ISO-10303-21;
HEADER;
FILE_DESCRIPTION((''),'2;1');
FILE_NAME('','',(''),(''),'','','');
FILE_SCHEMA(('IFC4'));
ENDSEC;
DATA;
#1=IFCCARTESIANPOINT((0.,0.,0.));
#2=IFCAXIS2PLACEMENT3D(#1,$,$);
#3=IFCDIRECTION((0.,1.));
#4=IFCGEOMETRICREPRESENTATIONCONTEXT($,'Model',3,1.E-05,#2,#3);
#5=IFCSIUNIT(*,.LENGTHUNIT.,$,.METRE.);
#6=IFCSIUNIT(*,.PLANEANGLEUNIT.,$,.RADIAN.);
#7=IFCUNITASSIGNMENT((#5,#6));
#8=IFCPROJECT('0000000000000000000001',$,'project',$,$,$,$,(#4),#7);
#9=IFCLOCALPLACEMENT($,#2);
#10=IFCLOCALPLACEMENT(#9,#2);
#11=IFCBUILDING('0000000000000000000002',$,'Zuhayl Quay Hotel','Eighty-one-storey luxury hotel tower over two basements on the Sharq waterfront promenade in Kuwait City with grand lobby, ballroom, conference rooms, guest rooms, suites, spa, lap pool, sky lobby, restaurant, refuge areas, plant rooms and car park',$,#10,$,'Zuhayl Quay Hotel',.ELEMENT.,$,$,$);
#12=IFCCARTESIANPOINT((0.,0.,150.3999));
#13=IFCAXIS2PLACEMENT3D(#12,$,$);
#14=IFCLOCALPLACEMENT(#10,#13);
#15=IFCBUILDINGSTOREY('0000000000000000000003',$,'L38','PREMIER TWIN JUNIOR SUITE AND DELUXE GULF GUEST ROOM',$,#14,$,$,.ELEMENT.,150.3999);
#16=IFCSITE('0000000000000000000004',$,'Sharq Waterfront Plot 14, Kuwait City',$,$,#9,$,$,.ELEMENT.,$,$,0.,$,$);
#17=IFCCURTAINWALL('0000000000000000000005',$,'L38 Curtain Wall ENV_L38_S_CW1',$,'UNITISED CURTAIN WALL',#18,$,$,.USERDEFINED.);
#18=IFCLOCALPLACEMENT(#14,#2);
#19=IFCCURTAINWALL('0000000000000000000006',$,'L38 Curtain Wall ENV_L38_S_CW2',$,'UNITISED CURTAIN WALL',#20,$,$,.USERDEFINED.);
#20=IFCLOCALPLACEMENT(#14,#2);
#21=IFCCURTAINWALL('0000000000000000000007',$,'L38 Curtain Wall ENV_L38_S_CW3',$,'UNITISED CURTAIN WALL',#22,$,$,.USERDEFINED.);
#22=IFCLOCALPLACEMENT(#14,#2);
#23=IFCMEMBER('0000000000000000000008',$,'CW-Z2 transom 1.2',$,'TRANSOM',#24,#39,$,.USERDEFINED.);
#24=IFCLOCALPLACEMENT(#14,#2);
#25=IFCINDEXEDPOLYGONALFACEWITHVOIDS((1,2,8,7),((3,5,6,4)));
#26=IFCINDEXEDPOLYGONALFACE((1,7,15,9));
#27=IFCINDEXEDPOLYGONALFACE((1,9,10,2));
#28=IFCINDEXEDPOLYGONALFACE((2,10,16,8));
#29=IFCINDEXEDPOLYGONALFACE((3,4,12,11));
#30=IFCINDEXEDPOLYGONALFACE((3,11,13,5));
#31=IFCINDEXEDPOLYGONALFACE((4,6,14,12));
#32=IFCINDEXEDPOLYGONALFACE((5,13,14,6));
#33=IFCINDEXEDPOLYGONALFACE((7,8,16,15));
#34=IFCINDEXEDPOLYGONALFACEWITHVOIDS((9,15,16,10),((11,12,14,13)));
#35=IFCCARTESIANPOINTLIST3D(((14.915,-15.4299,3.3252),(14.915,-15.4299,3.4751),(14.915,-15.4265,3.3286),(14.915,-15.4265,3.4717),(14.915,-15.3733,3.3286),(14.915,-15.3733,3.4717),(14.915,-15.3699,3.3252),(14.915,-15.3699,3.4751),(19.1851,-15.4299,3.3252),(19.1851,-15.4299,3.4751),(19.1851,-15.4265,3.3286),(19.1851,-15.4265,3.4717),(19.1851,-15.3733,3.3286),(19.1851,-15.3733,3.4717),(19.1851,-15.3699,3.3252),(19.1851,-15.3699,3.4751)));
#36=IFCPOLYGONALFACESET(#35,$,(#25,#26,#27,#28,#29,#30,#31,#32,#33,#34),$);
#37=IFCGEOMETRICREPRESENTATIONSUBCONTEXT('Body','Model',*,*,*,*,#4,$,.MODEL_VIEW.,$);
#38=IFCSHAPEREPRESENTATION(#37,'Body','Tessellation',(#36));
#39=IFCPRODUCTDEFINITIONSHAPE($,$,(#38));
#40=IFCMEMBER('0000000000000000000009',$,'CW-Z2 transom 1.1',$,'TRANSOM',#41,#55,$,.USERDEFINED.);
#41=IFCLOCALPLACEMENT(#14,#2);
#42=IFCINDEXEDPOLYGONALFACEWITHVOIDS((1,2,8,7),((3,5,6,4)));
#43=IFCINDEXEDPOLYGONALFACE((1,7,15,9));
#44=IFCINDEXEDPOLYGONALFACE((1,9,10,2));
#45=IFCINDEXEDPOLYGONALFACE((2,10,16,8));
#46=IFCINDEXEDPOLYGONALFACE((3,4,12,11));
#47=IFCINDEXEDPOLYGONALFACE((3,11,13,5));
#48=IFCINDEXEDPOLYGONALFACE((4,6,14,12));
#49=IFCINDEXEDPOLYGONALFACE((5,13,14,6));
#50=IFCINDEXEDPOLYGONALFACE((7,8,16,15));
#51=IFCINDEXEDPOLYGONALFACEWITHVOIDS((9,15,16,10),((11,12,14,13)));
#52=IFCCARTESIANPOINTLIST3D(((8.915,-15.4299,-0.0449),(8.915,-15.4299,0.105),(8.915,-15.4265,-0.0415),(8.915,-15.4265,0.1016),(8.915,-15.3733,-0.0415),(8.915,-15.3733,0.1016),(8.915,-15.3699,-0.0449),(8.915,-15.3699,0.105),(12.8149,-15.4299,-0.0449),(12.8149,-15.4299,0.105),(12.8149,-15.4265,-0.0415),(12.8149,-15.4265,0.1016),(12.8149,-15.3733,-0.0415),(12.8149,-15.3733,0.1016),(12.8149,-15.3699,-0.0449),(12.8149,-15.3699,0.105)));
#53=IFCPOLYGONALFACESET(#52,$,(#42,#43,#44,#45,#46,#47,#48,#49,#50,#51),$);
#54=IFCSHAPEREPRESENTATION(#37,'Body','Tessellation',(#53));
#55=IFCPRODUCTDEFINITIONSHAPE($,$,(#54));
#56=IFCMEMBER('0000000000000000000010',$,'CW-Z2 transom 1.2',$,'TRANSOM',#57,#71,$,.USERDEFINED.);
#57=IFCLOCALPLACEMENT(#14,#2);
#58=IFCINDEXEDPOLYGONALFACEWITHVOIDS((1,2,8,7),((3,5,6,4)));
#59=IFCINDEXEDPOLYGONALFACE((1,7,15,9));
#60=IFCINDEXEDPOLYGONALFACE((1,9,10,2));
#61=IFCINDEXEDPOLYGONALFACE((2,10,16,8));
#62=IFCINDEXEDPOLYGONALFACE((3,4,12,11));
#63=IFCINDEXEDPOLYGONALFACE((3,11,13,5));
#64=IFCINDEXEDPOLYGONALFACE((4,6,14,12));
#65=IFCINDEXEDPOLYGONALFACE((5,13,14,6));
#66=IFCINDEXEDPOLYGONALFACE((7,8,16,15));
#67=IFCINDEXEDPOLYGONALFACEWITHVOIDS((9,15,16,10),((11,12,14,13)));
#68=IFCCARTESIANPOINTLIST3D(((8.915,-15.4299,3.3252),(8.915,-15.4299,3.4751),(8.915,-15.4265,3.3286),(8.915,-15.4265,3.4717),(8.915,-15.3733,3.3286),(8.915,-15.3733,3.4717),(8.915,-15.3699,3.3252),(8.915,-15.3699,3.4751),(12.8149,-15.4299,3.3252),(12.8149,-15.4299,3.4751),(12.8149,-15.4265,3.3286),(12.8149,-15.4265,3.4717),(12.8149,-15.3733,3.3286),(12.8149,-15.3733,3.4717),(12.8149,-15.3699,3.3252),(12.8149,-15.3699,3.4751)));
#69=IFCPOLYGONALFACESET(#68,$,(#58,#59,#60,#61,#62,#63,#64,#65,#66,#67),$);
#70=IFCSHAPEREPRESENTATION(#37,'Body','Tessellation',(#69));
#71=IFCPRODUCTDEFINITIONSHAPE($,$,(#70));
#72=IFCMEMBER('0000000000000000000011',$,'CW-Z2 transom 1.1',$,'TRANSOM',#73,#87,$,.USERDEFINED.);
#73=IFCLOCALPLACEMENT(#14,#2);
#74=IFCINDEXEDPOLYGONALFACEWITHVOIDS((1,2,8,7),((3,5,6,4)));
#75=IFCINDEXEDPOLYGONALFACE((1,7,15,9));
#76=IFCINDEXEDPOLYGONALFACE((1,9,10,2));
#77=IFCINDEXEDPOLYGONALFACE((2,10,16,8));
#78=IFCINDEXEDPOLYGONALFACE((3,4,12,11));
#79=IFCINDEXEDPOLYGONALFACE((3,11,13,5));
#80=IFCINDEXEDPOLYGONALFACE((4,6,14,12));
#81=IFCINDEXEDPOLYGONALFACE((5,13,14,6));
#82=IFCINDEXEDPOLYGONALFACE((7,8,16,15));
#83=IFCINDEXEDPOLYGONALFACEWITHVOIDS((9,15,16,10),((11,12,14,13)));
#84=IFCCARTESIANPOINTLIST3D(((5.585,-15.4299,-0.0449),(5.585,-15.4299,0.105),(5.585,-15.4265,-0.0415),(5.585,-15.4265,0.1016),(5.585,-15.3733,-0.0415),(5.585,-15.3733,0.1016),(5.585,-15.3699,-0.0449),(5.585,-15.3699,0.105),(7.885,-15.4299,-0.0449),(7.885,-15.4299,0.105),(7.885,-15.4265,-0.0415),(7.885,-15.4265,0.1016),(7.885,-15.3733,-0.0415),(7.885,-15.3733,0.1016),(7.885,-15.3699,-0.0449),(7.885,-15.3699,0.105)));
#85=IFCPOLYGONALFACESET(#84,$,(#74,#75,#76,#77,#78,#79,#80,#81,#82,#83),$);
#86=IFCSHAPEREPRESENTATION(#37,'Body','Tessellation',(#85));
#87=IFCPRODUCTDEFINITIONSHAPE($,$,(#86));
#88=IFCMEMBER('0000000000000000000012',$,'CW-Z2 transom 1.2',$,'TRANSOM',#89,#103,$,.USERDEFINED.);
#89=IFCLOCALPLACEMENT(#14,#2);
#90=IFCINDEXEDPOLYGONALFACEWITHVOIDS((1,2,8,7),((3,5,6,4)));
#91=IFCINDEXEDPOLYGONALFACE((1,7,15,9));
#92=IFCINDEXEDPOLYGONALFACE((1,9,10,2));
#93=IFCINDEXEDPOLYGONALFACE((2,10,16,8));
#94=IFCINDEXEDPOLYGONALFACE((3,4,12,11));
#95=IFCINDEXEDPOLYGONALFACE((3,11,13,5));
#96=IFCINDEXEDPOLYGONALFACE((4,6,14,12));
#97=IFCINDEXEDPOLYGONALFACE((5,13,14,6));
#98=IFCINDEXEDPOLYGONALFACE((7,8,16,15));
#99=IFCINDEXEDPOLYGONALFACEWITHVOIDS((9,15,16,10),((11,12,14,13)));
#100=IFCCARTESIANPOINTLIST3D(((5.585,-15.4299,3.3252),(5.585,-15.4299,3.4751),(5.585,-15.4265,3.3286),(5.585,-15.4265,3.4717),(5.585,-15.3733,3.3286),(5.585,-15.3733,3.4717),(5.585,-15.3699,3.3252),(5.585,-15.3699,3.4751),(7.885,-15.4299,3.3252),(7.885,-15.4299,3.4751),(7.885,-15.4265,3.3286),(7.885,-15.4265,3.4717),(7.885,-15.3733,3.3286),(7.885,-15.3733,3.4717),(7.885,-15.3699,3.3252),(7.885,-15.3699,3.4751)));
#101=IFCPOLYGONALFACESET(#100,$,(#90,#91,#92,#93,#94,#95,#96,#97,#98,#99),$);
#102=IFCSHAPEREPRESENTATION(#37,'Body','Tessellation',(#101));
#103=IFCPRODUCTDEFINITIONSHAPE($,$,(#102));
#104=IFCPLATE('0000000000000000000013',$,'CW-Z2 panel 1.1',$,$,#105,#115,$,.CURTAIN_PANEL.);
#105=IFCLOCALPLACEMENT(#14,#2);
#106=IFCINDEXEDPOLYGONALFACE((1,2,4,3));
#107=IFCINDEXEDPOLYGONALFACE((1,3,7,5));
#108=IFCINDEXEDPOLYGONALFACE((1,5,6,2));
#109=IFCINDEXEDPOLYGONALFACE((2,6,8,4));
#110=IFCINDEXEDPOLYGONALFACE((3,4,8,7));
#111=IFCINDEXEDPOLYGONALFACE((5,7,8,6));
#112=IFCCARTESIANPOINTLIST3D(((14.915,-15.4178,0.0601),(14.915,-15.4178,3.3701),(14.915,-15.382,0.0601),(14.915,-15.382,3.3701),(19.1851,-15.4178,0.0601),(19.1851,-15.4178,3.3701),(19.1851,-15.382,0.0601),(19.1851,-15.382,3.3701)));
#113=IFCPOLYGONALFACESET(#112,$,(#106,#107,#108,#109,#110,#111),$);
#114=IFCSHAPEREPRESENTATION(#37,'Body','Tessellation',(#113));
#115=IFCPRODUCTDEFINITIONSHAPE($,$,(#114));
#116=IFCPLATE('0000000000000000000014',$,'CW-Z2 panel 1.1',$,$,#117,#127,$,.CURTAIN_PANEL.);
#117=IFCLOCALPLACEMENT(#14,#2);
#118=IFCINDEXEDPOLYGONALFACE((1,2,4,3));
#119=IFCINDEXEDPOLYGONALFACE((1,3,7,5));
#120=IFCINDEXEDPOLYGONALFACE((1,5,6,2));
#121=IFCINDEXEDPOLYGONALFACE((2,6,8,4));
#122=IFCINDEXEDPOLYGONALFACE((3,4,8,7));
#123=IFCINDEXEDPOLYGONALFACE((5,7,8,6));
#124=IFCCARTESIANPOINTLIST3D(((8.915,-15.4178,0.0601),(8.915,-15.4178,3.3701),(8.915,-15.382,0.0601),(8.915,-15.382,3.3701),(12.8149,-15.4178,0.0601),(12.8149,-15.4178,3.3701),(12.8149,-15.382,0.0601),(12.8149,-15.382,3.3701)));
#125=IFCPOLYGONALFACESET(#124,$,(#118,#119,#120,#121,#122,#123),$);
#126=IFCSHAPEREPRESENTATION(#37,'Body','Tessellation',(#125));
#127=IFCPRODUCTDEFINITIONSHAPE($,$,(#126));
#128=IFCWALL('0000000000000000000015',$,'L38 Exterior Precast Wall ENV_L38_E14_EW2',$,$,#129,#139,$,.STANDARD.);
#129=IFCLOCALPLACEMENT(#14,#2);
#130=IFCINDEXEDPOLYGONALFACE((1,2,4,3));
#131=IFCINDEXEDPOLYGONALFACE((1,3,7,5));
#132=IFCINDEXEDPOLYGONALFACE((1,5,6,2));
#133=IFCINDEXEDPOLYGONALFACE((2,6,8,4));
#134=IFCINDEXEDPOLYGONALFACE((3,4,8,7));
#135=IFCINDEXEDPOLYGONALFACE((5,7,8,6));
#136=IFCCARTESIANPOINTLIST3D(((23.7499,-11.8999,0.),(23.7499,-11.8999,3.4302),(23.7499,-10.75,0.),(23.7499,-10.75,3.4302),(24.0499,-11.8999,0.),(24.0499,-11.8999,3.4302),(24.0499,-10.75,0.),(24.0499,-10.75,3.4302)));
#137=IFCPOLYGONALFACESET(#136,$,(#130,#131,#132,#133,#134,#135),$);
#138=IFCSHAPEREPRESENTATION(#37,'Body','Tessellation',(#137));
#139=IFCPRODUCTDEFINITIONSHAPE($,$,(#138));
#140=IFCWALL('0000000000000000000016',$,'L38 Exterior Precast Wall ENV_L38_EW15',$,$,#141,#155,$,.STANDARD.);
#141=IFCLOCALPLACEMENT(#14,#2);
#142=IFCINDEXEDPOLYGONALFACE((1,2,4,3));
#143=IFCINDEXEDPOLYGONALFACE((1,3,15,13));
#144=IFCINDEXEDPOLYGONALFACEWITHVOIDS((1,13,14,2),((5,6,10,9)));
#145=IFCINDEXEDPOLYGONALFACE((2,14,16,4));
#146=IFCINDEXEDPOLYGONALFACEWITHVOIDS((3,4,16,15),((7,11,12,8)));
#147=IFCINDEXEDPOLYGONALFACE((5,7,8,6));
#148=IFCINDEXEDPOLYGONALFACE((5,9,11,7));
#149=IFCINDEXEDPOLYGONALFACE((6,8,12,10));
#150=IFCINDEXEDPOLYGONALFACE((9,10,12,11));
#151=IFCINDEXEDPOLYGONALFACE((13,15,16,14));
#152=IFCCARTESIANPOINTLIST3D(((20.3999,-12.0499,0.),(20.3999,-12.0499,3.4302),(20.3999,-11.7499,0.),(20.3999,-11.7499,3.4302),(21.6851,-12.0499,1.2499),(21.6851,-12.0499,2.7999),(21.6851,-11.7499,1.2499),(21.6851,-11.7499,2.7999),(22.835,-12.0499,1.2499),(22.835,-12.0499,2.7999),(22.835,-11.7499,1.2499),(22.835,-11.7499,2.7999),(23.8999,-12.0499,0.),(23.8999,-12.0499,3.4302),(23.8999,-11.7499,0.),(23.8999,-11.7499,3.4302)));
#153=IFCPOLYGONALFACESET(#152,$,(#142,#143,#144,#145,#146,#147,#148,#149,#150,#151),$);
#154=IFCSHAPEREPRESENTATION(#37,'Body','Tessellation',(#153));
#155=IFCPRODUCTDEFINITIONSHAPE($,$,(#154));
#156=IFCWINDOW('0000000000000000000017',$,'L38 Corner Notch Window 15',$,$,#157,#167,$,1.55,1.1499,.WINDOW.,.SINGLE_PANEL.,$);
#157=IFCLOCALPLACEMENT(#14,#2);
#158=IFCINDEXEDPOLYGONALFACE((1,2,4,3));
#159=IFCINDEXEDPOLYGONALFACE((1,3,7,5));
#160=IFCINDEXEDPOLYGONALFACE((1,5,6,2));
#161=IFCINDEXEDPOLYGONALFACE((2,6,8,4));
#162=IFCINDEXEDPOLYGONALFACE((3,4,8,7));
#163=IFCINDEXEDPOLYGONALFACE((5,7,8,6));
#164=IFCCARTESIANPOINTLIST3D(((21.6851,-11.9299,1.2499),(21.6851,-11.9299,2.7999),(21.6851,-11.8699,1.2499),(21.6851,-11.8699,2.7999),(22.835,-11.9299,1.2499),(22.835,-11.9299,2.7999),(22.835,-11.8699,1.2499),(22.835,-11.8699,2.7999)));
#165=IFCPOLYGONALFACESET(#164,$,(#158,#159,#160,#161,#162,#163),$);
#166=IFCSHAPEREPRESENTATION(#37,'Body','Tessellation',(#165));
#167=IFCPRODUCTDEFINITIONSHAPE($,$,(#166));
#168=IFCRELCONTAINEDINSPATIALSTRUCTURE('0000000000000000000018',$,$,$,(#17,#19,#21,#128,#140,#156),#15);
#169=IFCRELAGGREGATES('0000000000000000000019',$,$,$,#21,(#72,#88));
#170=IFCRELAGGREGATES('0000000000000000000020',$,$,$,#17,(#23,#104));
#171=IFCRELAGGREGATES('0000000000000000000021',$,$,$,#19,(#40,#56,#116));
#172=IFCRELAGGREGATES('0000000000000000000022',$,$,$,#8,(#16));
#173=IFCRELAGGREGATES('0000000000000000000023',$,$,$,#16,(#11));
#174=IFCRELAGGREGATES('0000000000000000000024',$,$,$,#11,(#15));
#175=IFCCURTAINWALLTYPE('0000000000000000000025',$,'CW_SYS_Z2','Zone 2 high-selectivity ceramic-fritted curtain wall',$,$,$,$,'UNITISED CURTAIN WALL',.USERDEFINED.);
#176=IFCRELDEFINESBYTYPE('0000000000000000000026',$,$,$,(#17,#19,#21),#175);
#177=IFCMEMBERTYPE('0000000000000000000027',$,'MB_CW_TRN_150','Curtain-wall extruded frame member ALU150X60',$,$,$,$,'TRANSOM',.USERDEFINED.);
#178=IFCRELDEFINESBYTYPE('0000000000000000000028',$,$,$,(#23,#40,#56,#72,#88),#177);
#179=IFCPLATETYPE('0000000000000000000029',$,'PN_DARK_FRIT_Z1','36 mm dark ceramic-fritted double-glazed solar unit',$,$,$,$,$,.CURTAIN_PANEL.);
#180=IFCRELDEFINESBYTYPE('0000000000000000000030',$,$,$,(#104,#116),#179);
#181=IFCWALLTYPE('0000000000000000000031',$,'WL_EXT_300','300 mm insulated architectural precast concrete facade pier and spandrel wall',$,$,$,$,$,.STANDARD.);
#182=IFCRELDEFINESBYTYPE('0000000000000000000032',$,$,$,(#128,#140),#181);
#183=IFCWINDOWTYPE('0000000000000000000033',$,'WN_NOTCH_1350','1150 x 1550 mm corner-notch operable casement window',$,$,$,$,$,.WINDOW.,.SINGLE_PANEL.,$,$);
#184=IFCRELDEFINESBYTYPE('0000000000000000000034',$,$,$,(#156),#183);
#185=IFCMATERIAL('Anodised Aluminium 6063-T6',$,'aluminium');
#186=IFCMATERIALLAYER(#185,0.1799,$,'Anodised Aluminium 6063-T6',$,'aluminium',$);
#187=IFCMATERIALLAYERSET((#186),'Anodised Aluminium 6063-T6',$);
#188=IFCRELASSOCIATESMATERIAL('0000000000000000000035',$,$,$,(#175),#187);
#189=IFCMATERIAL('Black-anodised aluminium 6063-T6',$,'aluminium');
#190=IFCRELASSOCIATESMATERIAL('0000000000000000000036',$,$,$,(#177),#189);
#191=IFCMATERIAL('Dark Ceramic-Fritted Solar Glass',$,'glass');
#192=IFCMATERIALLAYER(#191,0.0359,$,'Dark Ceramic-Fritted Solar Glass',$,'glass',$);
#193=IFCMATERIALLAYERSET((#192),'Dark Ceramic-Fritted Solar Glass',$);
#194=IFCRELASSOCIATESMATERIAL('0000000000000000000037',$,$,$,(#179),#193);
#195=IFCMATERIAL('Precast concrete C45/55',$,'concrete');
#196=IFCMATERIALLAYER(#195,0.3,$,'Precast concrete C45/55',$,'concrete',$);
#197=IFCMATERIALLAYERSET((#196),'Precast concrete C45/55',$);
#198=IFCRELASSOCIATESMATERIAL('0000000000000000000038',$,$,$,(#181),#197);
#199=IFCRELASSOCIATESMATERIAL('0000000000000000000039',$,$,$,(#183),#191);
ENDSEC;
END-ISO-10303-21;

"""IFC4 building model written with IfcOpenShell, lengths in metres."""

from ifc_helpers import new_model, si_unit, direction, frame, frame_2d, origin, origin_2d, place, context, subcontext, project, spatial, rectangle, hollow_rectangle, extrude, material, layer, layer_set, material_profile, profile_set, type_object, element, fill, aggregate, save


model = new_model("IFC4")

# Units and contexts
model_context = context("Model", 3, precision=1e-05, world=origin(), true_north=direction((0.0, 1.0)))
body_context = subcontext(model_context, "Body", "Model", "MODEL_VIEW")
ifc_project = project(units=[si_unit("LENGTHUNIT", "METRE"), si_unit("PLANEANGLEUNIT", "RADIAN")], contexts=[model_context])

# Site, building, storey
site_placement = place(None, origin())
site = spatial("IfcSite", under=ifc_project, at=site_placement, Name="Sharq Waterfront Plot 14, Kuwait City", CompositionType="ELEMENT", RefElevation=0.0)
building_placement = place(site_placement, origin())
building = spatial("IfcBuilding", under=site, at=building_placement, Name="Zuhayl Quay Hotel", Description="Eighty-one-storey luxury hotel tower over two basements on the Sharq waterfront promenade in Kuwait City with grand lobby, ballroom, conference rooms, guest rooms, suites, spa, lap pool, sky lobby, restaurant, refuge areas, plant rooms and car park", LongName="Zuhayl Quay Hotel", CompositionType="ELEMENT")
storey_placement = place(building_placement, frame((0.0, 0.0, 150.3999)))
storey = spatial("IfcBuildingStorey", under=building, at=storey_placement, Name="L38", Description="PREMIER TWIN JUNIOR SUITE AND DELUXE GULF GUEST ROOM", CompositionType="ELEMENT", Elevation=150.3999)

# Shared definitions
ifc_material_1 = material(Name="Anodised Aluminium 6063-T6", Category="aluminium")
ifc_layer_1 = layer(ifc_material_1, 0.1799, Name="Anodised Aluminium 6063-T6", Category="aluminium")
ifc_layer_set_1 = layer_set([ifc_layer_1], Name="Anodised Aluminium 6063-T6")
curtain_wall_type = type_object("IfcCurtainWallType", Name="CW_SYS_Z2", Description="Zone 2 high-selectivity ceramic-fritted curtain wall", ElementType="UNITISED CURTAIN WALL", PredefinedType="USERDEFINED", material=ifc_layer_set_1)
ifc_material_2 = material(Name="Black-anodised aluminium 6063-T6", Category="aluminium")

# Curtain walls
curtain_wall_1_placement = place(storey_placement, origin())
curtain_wall_1 = element("IfcCurtainWall", 1, at=curtain_wall_1_placement, inside=storey, type_object=curtain_wall_type, Name="L38 Curtain Wall ENV_L38_S_CW1", ObjectType="UNITISED CURTAIN WALL", PredefinedType="USERDEFINED")
curtain_wall_2_placement = place(storey_placement, origin())
curtain_wall_2 = element("IfcCurtainWall", 2, at=curtain_wall_2_placement, inside=storey, type_object=curtain_wall_type, Name="L38 Curtain Wall ENV_L38_S_CW2", ObjectType="UNITISED CURTAIN WALL", PredefinedType="USERDEFINED")

# Curtain wall
curtain_wall_3_placement = place(storey_placement, origin())
curtain_wall_3 = element("IfcCurtainWall", 3, at=curtain_wall_3_placement, inside=storey, type_object=curtain_wall_type, Name="L38 Curtain Wall ENV_L38_S_CW3", ObjectType="UNITISED CURTAIN WALL", PredefinedType="USERDEFINED")

# Members
ifc_material_profile_1 = material_profile(ifc_material_2, hollow_rectangle(XDim=0.0601, YDim=0.1499, WallThickness=0.0034, at=origin_2d()), Name="ALU150X60")
ifc_profile_set_1 = profile_set([ifc_material_profile_1], Name="Black-anodised aluminium 6063-T6")
member_type_1 = type_object("IfcMemberType", Name="MB_CW_TRN_150", Description="Curtain-wall extruded frame member ALU150X60", ElementType="TRANSOM", PredefinedType="USERDEFINED", material=ifc_profile_set_1)
member_1_placement = place(storey_placement, frame((19.1851, -15.3999, 3.4001), z_axis=(-1.0, 0.0, 0.0), x_axis=(0.0, -1.0, 0.0)))
member_1 = element("IfcMember", 4, at=member_1_placement, type_object=member_type_1, Name="CW-Z2 transom 1.2", ObjectType="TRANSOM", PredefinedType="USERDEFINED", context=body_context, shape_type="SweptSolid", body=[
    extrude(hollow_rectangle(XDim=0.0601, YDim=0.1499, WallThickness=0.0034, at=origin_2d()), origin(), (0.0, 0.0, 1.0), 4.27),
])
member_2_placement = place(storey_placement, frame((12.8149, -15.3999, 0.03), z_axis=(-1.0, 0.0, 0.0), x_axis=(0.0, -1.0, 0.0)))
member_2 = element("IfcMember", 5, at=member_2_placement, type_object=member_type_1, Name="CW-Z2 transom 1.1", ObjectType="TRANSOM", PredefinedType="USERDEFINED", context=body_context, shape_type="SweptSolid", body=[
    extrude(hollow_rectangle(XDim=0.0601, YDim=0.1499, WallThickness=0.0034, at=origin_2d()), origin(), (0.0, 0.0, 1.0), 3.8999),
])
member_3_placement = place(storey_placement, frame((12.8149, -15.3999, 3.4001), z_axis=(-1.0, 0.0, 0.0), x_axis=(0.0, -1.0, 0.0)))
member_3 = element("IfcMember", 6, at=member_3_placement, type_object=member_type_1, Name="CW-Z2 transom 1.2", ObjectType="TRANSOM", PredefinedType="USERDEFINED", context=body_context, shape_type="SweptSolid", body=[
    extrude(hollow_rectangle(XDim=0.0601, YDim=0.1499, WallThickness=0.0034, at=origin_2d()), origin(), (0.0, 0.0, 1.0), 3.8999),
])
member_4_placement = place(storey_placement, frame((7.885, -15.3999, 0.03), z_axis=(-1.0, 0.0, 0.0), x_axis=(0.0, -1.0, 0.0)))
member_4 = element("IfcMember", 7, at=member_4_placement, type_object=member_type_1, Name="CW-Z2 transom 1.1", ObjectType="TRANSOM", PredefinedType="USERDEFINED", context=body_context, shape_type="SweptSolid", body=[
    extrude(hollow_rectangle(XDim=0.0601, YDim=0.1499, WallThickness=0.0034, at=origin_2d()), origin(), (0.0, 0.0, 1.0), 2.3),
])
member_5_placement = place(storey_placement, frame((7.885, -15.3999, 3.4001), z_axis=(-1.0, 0.0, 0.0), x_axis=(0.0, -1.0, 0.0)))
member_5 = element("IfcMember", 8, at=member_5_placement, type_object=member_type_1, Name="CW-Z2 transom 1.2", ObjectType="TRANSOM", PredefinedType="USERDEFINED", context=body_context, shape_type="SweptSolid", body=[
    extrude(hollow_rectangle(XDim=0.0601, YDim=0.1499, WallThickness=0.0034, at=origin_2d()), origin(), (0.0, 0.0, 1.0), 2.3),
])
aggregate(curtain_wall_3, [member_4, member_5])

# Plates
ifc_material_3 = material(Name="Dark Ceramic-Fritted Solar Glass", Category="glass")
ifc_layer_2 = layer(ifc_material_3, 0.0359, Name="Dark Ceramic-Fritted Solar Glass", Category="glass")
ifc_layer_set_2 = layer_set([ifc_layer_2], Name="Dark Ceramic-Fritted Solar Glass")
plate_type = type_object("IfcPlateType", Name="PN_DARK_FRIT_Z1", Description="36 mm dark ceramic-fritted double-glazed solar unit", PredefinedType="CURTAIN_PANEL", material=ifc_layer_set_2)
plate_1_placement = place(storey_placement, frame((17.05, -15.3999, 0.0601), z_axis=(0.0, 0.0, 1.0), x_axis=(-1.0, 0.0, 0.0)))
plate_1 = element("IfcPlate", 9, at=plate_1_placement, type_object=plate_type, Name="CW-Z2 panel 1.1", PredefinedType="CURTAIN_PANEL", context=body_context, shape_type="SweptSolid", body=[
    extrude(rectangle(XDim=4.27, YDim=0.0359, at=origin_2d()), origin(), (0.0, 0.0, 1.0), 3.3101),
])
aggregate(curtain_wall_1, [member_1, plate_1])
plate_2_placement = place(storey_placement, frame((10.865, -15.3999, 0.0601), z_axis=(0.0, 0.0, 1.0), x_axis=(-1.0, 0.0, 0.0)))
plate_2 = element("IfcPlate", 10, at=plate_2_placement, type_object=plate_type, Name="CW-Z2 panel 1.1", PredefinedType="CURTAIN_PANEL", context=body_context, shape_type="SweptSolid", body=[
    extrude(rectangle(XDim=3.8999, YDim=0.0359, at=origin_2d()), origin(), (0.0, 0.0, 1.0), 3.3101),
])
aggregate(curtain_wall_2, [member_2, member_3, plate_2])

# Wall
ifc_material_4 = material(Name="Precast concrete C45/55", Category="concrete")
ifc_layer_3 = layer(ifc_material_4, 0.3, Name="Precast concrete C45/55", Category="concrete")
ifc_layer_set_3 = layer_set([ifc_layer_3], Name="Precast concrete C45/55")
wall_type_1 = type_object("IfcWallType", Name="WL_EXT_300", Description="300 mm insulated architectural precast concrete facade pier and spandrel wall", PredefinedType="STANDARD", material=ifc_layer_set_3)
wall_1_placement = place(storey_placement, frame((23.8999, -10.75, 0.0), z_axis=(0.0, 0.0, 1.0), x_axis=(0.0, -1.0, 0.0)))
element("IfcWall", 11, at=wall_1_placement, inside=storey, type_object=wall_type_1, Name="L38 Exterior Precast Wall ENV_L38_E14_EW2", PredefinedType="STANDARD", context=body_context, shape_type="SweptSolid", body=[
    extrude(rectangle(XDim=1.1499, YDim=0.3, at=frame_2d((0.575, 0.0))), origin(), (0.0, 0.0, 1.0), 3.4302),
])

# Wall, opening, window
wall_2_placement = place(storey_placement, frame((23.8999, -11.8999, 0.0), z_axis=(0.0, 0.0, 1.0), x_axis=(-1.0, 0.0, 0.0)))
wall_2 = element("IfcWall", 12, at=wall_2_placement, inside=storey, type_object=wall_type_1, Name="L38 Exterior Precast Wall ENV_L38_EW15", PredefinedType="STANDARD", context=body_context, shape_type="SweptSolid", body=[
    extrude(rectangle(XDim=3.5, YDim=0.3, at=frame_2d((1.75, 0.0))), origin(), (0.0, 0.0, 1.0), 3.4302),
])
opening_1_placement = place(wall_2_placement, frame((1.0649, 0.0, 1.25)))
opening_1 = element("IfcOpeningElement", 13, at=opening_1_placement, cuts=wall_2, PredefinedType="OPENING", context=body_context, shape_type="SweptSolid", body=[
    extrude(rectangle(XDim=1.1499, YDim=1.55, at=frame_2d((0.575, 0.7749))), frame((0.0, 0.1599, 0.0), z_axis=(0.0, -1.0, 0.0), x_axis=(1.0, 0.0, 0.0)), (0.0, 0.0, 1.0), 0.3201),
])
window_type = type_object("IfcWindowType", Name="WN_NOTCH_1350", Description="1150 x 1550 mm corner-notch operable casement window", PartitioningType="SINGLE_PANEL", PredefinedType="WINDOW", material=ifc_material_3)
window_1_placement = place(opening_1_placement, origin())
window_1 = element("IfcWindow", 14, at=window_1_placement, inside=storey, type_object=window_type, Name="L38 Corner Notch Window 15", OverallHeight=1.55, OverallWidth=1.1499, PartitioningType="SINGLE_PANEL", PredefinedType="WINDOW", context=body_context, shape_type="SweptSolid", body=[
    extrude(rectangle(XDim=1.1499, YDim=1.55, at=frame_2d((0.575, 0.7749))), frame((0.0, 0.03, 0.0), z_axis=(0.0, -1.0, 0.0), x_axis=(1.0, 0.0, 0.0)), (0.0, 0.0, 1.0), 0.0601),
])
fill(opening_1, window_1)

save(model, "model.ifc")
